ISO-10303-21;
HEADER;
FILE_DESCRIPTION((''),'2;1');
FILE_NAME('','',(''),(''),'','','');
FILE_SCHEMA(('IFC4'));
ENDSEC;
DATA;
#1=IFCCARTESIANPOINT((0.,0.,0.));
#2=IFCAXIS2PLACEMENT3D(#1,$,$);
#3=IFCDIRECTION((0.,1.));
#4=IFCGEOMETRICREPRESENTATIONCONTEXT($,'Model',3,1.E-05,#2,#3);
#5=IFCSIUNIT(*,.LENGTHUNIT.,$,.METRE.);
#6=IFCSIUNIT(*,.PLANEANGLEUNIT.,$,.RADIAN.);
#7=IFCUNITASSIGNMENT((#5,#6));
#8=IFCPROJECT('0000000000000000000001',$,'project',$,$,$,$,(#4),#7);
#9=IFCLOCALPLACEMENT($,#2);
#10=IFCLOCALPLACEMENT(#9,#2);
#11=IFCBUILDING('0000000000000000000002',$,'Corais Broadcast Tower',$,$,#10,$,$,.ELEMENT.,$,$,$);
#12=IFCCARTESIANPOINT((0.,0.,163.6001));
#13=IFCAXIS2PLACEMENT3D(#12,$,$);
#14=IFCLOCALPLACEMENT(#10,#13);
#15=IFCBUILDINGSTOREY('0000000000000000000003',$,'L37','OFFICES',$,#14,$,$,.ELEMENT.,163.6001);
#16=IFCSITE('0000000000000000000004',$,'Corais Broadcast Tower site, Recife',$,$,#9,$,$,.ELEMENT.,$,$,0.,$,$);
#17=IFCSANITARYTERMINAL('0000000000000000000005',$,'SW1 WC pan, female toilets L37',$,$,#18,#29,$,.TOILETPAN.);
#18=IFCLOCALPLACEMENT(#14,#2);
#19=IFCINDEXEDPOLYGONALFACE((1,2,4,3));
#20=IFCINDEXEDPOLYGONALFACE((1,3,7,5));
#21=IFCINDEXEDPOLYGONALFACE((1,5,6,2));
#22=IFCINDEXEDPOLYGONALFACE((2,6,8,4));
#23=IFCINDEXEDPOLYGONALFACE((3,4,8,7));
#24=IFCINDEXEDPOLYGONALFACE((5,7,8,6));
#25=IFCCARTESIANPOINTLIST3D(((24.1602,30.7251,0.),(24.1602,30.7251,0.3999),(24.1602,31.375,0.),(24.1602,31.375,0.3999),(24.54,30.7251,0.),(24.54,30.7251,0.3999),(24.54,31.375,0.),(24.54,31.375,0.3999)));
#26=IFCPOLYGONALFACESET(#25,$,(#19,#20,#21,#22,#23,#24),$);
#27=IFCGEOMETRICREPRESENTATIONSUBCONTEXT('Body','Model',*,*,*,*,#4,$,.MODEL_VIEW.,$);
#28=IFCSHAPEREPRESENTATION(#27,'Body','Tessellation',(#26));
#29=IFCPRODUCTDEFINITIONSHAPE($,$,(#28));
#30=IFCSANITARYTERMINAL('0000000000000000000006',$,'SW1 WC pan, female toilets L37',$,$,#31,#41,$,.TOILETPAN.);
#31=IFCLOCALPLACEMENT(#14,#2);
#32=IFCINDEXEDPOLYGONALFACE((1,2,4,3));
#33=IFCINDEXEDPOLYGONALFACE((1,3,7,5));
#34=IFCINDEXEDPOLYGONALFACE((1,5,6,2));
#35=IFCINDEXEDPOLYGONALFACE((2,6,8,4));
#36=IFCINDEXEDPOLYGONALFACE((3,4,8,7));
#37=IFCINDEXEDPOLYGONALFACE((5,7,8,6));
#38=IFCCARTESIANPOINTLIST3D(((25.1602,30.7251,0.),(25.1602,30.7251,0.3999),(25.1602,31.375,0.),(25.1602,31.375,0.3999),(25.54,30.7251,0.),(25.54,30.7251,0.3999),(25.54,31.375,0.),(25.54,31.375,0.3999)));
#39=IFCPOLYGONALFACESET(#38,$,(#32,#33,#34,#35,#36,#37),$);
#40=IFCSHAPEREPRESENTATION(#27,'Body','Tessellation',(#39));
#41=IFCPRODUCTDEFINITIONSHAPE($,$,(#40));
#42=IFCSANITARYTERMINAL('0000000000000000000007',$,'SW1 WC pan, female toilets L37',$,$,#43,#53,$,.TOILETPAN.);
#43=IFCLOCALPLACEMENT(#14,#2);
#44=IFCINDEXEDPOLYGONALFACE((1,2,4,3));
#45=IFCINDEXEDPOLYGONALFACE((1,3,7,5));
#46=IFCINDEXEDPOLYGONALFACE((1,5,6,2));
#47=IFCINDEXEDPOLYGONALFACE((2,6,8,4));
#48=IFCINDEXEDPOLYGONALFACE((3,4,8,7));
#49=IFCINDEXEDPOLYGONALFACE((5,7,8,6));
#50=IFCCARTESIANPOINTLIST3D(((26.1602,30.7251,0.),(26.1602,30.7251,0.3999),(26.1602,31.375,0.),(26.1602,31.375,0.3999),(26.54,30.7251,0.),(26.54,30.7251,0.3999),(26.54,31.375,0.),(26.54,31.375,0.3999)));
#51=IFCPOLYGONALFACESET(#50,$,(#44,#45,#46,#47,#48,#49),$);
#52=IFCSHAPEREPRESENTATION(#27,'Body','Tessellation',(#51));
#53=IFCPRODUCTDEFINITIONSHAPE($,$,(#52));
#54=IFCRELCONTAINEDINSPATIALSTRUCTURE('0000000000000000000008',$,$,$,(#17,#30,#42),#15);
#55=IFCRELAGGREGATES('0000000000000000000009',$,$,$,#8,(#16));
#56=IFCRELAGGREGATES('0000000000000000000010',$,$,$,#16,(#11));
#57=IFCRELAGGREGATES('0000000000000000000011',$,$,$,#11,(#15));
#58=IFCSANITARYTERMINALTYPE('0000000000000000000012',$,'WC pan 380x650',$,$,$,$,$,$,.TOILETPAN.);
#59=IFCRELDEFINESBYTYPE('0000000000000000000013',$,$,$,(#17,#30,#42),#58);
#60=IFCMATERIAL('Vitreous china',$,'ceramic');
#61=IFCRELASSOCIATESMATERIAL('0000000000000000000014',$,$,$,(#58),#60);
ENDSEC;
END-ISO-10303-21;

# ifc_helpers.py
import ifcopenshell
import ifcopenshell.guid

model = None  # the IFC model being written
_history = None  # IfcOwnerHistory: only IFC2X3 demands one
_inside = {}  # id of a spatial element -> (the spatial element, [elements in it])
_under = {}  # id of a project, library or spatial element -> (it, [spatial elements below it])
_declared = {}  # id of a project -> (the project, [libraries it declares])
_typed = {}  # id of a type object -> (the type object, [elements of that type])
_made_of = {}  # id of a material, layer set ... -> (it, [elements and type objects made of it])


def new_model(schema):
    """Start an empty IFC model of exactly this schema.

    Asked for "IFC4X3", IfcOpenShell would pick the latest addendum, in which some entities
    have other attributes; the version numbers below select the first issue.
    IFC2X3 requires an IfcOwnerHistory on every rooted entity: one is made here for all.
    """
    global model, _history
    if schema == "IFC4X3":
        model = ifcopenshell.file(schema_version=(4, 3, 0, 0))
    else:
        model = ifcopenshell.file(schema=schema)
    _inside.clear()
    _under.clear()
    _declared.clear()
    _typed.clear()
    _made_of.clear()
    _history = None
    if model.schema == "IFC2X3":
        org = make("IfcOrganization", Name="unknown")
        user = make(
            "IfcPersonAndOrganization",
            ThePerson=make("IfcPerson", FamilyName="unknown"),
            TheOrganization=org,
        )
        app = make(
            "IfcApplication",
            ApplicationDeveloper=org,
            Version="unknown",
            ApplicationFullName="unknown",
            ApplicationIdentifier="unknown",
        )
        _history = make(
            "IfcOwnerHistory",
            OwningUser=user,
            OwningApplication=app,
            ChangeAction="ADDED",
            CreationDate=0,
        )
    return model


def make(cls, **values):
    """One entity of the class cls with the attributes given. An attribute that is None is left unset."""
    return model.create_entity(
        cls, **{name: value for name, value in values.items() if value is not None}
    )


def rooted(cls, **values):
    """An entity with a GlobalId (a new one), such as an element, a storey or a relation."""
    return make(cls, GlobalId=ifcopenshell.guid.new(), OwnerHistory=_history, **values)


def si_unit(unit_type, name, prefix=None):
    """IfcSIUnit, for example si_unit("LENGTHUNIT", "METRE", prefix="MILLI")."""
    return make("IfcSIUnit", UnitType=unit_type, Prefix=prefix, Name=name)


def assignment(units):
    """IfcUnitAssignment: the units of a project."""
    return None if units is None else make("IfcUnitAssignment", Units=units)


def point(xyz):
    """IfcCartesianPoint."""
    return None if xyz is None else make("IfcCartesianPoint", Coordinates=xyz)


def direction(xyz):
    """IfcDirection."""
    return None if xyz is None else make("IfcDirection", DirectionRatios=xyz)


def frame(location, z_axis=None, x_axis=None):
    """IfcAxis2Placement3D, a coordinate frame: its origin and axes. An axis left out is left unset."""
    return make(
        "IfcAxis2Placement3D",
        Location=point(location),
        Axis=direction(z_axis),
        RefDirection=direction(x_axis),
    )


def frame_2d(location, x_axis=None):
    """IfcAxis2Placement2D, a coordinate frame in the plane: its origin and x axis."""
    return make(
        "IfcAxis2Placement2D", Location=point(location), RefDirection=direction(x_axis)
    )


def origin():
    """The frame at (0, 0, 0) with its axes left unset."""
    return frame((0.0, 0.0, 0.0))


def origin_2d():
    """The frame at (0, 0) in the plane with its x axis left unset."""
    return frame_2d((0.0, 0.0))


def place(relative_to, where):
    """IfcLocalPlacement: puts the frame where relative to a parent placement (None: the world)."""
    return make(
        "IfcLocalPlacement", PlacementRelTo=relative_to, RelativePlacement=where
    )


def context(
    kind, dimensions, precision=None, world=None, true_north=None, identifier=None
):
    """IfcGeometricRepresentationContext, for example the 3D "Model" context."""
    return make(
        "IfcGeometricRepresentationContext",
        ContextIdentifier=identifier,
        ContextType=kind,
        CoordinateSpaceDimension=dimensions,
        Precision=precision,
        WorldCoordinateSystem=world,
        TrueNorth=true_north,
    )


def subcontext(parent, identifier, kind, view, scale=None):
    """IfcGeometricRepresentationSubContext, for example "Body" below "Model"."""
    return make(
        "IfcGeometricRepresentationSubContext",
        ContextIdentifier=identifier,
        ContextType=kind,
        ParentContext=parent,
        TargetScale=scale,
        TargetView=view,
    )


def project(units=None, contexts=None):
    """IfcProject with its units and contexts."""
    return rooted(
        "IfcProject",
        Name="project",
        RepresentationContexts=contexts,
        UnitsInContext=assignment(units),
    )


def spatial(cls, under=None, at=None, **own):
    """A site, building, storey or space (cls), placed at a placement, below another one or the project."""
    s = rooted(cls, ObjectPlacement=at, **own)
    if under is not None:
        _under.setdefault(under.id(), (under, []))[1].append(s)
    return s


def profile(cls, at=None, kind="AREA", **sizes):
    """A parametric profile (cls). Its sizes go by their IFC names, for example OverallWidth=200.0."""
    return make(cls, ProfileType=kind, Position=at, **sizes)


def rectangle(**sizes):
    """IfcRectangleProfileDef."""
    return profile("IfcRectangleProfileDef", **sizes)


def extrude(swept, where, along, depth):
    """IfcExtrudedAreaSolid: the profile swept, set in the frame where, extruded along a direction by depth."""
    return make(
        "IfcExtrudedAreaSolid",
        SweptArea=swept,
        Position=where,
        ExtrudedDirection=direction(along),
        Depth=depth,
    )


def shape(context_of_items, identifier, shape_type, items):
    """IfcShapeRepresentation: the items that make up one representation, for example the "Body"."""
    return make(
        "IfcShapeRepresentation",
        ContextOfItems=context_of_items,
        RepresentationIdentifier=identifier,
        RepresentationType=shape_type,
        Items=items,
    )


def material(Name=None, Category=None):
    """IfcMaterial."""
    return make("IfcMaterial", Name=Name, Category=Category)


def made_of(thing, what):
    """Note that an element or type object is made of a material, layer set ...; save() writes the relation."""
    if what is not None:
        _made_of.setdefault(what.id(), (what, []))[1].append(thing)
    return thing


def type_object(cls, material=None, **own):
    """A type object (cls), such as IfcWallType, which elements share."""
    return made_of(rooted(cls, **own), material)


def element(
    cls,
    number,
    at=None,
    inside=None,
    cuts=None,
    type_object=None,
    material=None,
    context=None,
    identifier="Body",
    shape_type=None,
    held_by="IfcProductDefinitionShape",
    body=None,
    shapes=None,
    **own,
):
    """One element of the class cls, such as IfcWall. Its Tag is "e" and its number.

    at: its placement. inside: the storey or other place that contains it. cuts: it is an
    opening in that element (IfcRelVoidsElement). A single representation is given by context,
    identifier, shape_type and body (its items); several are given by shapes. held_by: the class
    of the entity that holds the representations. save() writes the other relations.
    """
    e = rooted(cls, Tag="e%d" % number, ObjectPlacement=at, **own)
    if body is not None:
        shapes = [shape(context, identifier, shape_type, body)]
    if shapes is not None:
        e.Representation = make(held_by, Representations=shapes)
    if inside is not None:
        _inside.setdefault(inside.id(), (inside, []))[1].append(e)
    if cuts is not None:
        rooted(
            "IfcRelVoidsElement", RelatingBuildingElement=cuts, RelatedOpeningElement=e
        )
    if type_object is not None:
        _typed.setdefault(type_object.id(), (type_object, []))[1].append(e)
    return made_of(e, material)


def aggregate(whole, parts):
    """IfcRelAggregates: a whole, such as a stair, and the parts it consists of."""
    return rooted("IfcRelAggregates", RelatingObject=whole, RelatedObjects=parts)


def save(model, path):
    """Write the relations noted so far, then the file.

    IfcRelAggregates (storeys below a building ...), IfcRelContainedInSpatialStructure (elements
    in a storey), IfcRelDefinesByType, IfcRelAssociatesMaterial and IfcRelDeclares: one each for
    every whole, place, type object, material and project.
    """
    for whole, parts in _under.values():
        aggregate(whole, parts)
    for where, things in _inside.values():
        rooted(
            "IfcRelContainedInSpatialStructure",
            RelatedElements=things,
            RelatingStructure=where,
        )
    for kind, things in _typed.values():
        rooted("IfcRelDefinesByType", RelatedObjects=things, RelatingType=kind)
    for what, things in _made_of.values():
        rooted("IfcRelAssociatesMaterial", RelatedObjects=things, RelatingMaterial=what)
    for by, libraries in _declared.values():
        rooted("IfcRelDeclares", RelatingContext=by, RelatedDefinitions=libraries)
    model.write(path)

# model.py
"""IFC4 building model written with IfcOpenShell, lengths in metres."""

from ifc_helpers import new_model, si_unit, direction, frame, origin, origin_2d, place, context, subcontext, project, spatial, rectangle, extrude, material, type_object, element, save


model = new_model("IFC4")

# Units and contexts
model_context = context("Model", 3, precision=1e-05, world=origin(), true_north=direction((0.0, 1.0)))
body_context = subcontext(model_context, "Body", "Model", "MODEL_VIEW")
ifc_project = project(units=[si_unit("LENGTHUNIT", "METRE"), si_unit("PLANEANGLEUNIT", "RADIAN")], contexts=[model_context])

# Site, building, storey
site_placement = place(None, origin())
site = spatial("IfcSite", under=ifc_project, at=site_placement, Name="Corais Broadcast Tower site, Recife", CompositionType="ELEMENT", RefElevation=0.0)
building_placement = place(site_placement, origin())
building = spatial("IfcBuilding", under=site, at=building_placement, Name="Corais Broadcast Tower", CompositionType="ELEMENT")
storey_placement = place(building_placement, frame((0.0, 0.0, 163.6001)))
storey = spatial("IfcBuildingStorey", under=building, at=storey_placement, Name="L37", Description="OFFICES", CompositionType="ELEMENT", Elevation=163.6001)

# Sanitary terminals
ifc_material_1 = material(Name="Vitreous china", Category="ceramic")
sanitary_terminal_type = type_object("IfcSanitaryTerminalType", Name="WC pan 380x650", PredefinedType="TOILETPAN", material=ifc_material_1)
for number, where, z_axis, x_axis, name in (
    (1, (24.3501, 31.05, 0.0), (0.0, 0.0, 1.0), (1.0, 0.0, 0.0), "SW1 WC pan, female toilets L37"),
    (2, (25.3501, 31.05, 0.0), (0.0, 0.0, 1.0), (1.0, 0.0, 0.0), "SW1 WC pan, female toilets L37"),
    (3, (26.3501, 31.05, 0.0), (0.0, 0.0, 1.0), (1.0, 0.0, 0.0), "SW1 WC pan, female toilets L37"),
):
    element("IfcSanitaryTerminal", number, at=place(storey_placement, frame(where, z_axis=z_axis, x_axis=x_axis)), inside=storey, type_object=sanitary_terminal_type, Name=name, PredefinedType="TOILETPAN", context=body_context, shape_type="SweptSolid", body=[
        extrude(rectangle(XDim=0.3799, YDim=0.6499, at=origin_2d()), origin(), (0.0, 0.0, 1.0), 0.3999),
    ])

save(model, "model.ifc")
